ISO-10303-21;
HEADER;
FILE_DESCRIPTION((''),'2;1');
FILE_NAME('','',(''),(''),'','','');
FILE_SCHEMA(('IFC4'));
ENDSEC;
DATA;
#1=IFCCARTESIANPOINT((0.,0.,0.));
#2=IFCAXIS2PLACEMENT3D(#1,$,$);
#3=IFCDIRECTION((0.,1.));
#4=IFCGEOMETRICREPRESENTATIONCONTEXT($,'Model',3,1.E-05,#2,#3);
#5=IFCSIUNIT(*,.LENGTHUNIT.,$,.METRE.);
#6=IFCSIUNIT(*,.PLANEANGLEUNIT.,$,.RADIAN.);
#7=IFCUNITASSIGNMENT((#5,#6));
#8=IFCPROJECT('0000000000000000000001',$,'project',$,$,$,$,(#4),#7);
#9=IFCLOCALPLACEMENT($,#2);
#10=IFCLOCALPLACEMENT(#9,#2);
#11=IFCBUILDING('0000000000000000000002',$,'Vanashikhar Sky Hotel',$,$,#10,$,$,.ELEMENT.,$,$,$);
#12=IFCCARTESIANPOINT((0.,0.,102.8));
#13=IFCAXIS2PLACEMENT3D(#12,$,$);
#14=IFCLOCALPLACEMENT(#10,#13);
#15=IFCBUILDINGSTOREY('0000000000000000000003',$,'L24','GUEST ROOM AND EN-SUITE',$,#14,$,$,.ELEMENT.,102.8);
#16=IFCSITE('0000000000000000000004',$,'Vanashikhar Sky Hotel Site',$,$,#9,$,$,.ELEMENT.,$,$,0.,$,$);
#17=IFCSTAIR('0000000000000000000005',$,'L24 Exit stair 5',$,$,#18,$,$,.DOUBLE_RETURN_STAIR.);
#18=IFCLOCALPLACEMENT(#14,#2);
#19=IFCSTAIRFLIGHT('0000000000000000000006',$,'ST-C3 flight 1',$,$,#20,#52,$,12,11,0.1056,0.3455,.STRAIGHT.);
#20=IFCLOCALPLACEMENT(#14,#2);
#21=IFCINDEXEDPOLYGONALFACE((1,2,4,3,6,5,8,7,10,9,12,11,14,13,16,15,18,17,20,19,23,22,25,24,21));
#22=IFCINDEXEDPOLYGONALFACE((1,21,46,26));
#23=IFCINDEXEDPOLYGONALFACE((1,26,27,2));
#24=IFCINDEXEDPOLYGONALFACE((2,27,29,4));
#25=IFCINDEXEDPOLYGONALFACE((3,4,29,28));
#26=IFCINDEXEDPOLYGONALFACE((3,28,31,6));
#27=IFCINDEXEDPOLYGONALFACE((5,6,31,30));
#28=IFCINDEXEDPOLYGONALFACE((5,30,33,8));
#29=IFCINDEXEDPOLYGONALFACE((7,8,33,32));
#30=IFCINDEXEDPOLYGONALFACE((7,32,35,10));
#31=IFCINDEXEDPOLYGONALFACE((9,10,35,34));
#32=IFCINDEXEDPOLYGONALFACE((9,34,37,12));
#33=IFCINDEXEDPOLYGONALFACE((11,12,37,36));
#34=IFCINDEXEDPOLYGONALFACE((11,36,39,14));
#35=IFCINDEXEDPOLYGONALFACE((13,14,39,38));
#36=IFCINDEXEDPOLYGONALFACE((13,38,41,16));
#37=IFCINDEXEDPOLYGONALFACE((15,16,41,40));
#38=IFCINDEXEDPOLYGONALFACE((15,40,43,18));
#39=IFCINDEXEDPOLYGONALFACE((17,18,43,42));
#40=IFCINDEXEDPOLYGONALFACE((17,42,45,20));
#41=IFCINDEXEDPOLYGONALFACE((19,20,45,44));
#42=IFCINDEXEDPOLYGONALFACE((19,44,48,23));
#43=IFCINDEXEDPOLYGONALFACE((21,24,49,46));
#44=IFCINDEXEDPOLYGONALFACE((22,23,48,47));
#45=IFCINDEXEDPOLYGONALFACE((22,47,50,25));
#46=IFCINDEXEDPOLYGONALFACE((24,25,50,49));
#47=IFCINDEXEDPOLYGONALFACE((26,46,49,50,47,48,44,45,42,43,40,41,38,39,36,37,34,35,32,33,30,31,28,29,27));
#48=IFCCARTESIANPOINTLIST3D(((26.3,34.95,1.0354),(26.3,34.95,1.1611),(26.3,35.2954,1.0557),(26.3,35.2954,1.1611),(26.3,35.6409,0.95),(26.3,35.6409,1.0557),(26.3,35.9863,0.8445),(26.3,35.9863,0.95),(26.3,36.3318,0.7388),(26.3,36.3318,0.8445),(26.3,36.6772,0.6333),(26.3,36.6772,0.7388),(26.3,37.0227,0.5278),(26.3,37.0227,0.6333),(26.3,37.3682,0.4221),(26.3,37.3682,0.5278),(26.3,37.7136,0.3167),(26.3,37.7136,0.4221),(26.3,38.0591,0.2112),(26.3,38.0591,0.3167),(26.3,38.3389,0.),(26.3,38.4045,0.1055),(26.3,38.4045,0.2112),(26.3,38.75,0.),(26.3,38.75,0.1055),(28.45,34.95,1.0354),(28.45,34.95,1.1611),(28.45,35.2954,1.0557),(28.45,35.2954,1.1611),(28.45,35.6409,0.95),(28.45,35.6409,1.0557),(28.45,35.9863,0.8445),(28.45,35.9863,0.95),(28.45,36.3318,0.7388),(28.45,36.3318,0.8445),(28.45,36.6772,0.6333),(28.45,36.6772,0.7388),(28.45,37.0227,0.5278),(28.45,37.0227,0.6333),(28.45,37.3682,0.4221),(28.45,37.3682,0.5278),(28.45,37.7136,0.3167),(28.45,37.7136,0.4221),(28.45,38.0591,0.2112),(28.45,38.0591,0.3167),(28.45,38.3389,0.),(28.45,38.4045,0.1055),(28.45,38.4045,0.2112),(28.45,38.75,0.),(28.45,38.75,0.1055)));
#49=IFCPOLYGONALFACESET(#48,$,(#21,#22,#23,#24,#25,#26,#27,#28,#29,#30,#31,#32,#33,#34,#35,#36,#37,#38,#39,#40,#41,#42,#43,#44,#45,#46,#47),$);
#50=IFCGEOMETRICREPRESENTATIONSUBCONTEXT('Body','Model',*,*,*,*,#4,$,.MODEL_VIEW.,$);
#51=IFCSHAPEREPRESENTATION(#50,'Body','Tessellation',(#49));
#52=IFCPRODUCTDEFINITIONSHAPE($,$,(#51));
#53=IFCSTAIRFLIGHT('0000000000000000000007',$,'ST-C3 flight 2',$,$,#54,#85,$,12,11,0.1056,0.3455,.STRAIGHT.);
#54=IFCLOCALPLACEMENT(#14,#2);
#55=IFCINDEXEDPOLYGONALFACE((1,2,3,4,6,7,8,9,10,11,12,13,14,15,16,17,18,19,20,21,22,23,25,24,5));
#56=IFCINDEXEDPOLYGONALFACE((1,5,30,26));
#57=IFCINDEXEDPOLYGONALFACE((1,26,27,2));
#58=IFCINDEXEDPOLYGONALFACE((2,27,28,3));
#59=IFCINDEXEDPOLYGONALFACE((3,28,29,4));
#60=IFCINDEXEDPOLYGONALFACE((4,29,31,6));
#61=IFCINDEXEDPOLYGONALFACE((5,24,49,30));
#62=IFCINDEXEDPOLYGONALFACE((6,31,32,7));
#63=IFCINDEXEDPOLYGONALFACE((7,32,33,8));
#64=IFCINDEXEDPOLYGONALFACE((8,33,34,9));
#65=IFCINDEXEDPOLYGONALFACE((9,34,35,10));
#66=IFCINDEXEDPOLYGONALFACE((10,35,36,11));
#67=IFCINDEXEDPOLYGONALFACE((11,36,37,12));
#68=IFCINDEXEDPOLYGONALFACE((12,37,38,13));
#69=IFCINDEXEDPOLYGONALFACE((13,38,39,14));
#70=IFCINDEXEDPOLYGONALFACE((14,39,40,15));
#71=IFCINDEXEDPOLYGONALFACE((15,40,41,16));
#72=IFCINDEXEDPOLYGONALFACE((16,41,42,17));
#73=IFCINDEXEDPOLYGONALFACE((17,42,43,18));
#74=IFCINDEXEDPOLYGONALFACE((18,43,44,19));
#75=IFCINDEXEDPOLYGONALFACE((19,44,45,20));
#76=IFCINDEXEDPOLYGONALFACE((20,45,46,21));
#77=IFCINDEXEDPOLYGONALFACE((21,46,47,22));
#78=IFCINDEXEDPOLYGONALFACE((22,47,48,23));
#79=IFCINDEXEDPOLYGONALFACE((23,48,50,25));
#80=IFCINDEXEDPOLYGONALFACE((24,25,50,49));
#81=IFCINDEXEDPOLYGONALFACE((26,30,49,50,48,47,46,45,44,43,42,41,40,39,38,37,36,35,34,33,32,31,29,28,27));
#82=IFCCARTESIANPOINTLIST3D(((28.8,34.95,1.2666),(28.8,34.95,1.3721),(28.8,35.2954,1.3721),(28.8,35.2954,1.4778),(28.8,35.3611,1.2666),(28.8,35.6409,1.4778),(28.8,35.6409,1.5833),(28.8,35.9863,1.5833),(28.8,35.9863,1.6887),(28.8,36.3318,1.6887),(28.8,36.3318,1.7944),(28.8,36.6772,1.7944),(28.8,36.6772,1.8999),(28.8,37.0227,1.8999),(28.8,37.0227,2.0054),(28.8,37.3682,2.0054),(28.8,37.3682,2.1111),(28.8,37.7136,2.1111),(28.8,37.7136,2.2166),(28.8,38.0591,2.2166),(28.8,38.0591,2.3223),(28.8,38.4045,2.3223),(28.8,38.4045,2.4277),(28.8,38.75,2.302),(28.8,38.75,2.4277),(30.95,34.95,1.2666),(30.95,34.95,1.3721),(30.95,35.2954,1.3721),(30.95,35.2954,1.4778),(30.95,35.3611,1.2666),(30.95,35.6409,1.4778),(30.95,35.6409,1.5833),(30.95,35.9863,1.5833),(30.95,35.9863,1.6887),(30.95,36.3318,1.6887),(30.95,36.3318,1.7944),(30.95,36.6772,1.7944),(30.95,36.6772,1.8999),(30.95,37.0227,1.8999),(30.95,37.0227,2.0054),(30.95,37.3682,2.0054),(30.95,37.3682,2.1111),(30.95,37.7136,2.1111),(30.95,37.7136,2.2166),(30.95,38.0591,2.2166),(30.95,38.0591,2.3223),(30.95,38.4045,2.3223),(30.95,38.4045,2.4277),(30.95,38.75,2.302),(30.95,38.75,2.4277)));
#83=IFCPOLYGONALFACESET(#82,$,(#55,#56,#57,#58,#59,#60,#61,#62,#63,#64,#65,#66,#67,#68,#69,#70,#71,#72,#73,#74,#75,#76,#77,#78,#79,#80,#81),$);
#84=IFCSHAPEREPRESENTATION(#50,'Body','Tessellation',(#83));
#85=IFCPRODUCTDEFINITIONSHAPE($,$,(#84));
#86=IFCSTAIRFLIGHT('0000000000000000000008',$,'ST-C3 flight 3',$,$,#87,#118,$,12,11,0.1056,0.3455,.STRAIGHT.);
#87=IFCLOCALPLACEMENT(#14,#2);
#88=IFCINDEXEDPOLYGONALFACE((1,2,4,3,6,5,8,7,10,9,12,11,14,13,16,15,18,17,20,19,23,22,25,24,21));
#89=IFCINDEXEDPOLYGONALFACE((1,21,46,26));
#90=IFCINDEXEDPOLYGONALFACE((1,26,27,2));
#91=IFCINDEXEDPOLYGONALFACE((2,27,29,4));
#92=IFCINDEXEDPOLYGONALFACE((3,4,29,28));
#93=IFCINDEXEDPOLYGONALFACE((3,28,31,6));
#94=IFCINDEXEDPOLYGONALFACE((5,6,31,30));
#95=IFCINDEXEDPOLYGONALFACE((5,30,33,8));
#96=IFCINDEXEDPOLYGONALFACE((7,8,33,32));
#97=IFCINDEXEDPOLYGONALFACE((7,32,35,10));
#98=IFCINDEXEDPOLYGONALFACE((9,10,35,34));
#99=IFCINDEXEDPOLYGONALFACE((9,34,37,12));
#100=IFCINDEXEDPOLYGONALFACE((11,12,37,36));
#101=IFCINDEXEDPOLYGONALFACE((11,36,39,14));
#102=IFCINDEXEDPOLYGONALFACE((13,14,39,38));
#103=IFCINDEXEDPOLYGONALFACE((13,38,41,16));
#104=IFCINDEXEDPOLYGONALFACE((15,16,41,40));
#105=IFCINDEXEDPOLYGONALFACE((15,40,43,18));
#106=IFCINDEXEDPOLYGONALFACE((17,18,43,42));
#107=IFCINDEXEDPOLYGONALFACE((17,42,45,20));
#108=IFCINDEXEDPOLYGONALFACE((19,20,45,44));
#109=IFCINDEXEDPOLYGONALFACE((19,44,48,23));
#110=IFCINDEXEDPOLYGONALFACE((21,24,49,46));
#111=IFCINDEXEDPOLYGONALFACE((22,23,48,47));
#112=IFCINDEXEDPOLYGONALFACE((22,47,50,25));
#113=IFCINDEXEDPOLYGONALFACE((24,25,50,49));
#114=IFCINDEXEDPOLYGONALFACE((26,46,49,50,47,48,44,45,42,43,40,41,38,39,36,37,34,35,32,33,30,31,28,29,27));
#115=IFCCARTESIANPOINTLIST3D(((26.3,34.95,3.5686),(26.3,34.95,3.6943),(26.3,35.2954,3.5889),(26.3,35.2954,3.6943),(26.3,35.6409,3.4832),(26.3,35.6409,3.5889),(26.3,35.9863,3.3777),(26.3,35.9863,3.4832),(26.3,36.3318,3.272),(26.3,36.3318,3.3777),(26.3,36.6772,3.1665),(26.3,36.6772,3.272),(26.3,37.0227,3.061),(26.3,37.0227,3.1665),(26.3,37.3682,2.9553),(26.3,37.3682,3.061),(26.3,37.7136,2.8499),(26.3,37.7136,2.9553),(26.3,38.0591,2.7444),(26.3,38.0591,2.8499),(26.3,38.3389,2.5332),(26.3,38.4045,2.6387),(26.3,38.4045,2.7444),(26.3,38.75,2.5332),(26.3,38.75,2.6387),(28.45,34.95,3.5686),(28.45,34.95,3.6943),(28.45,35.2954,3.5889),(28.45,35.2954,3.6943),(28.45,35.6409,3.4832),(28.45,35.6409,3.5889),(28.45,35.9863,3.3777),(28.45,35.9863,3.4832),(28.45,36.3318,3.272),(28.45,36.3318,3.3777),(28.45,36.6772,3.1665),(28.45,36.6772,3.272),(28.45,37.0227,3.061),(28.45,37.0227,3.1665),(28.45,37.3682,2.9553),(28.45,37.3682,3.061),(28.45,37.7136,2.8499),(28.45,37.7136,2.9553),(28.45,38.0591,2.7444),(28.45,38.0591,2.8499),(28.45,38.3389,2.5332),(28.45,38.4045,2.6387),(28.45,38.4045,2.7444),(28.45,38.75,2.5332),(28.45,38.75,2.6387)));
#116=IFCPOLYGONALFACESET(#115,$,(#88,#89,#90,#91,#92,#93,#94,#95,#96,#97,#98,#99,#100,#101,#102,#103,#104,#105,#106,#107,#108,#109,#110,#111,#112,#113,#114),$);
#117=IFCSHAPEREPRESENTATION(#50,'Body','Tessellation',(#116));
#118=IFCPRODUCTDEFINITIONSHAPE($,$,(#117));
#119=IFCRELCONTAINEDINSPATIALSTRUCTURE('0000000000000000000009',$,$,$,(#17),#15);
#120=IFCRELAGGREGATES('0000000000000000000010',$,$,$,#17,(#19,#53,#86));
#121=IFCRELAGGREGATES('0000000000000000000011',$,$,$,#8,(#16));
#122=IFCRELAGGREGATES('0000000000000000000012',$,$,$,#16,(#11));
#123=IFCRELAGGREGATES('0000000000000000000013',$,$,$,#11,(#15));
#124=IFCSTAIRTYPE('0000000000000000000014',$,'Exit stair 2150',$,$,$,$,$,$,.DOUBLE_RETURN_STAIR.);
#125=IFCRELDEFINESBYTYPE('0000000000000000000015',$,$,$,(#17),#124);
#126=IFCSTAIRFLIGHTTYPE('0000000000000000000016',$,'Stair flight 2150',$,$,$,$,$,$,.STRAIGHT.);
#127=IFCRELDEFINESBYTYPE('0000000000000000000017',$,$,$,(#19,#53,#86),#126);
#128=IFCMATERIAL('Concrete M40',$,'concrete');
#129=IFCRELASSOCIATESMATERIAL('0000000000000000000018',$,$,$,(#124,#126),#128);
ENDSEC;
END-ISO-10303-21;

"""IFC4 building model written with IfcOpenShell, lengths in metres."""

from ifc_helpers import new_model, si_unit, direction, frame, origin, place, context, subcontext, project, spatial, polyline, outline, extrude, source, transform, mapped, material, type_object, element, aggregate, save


model = new_model("IFC4")

# Units and contexts
model_context = context("Model", 3, precision=1e-05, world=origin(), true_north=direction((0.0, 1.0)))
body_context = subcontext(model_context, "Body", "Model", "MODEL_VIEW")
ifc_project = project(units=[si_unit("LENGTHUNIT", "METRE"), si_unit("PLANEANGLEUNIT", "RADIAN")], contexts=[model_context])

# Site, building, storey
site_placement = place(None, origin())
site = spatial("IfcSite", under=ifc_project, at=site_placement, Name="Vanashikhar Sky Hotel Site", CompositionType="ELEMENT", RefElevation=0.0)
building_placement = place(site_placement, origin())
building = spatial("IfcBuilding", under=site, at=building_placement, Name="Vanashikhar Sky Hotel", CompositionType="ELEMENT")
storey_placement = place(building_placement, frame((0.0, 0.0, 102.8)))
storey = spatial("IfcBuildingStorey", under=building, at=storey_placement, Name="L24", Description="GUEST ROOM AND EN-SUITE", CompositionType="ELEMENT", Elevation=102.8)

# Shared definitions
ifc_material_1 = material(Name="Concrete M40", Category="concrete")

# Stair, stair flights
stair_type = type_object("IfcStairType", Name="Exit stair 2150", PredefinedType="DOUBLE_RETURN_STAIR", material=ifc_material_1)
stair_placement = place(storey_placement, origin())
stair = element("IfcStair", 1, at=stair_placement, inside=storey, type_object=stair_type, Name="L24 Exit stair 5", PredefinedType="DOUBLE_RETURN_STAIR")
stair_flight_type = type_object("IfcStairFlightType", Name="Stair flight 2150", PredefinedType="STRAIGHT", material=ifc_material_1)
shared_shape_1 = source(origin(), body_context, "Body", "SweptSolid", [
    extrude(outline(polyline([(0.0, 0.0), (0.0, 0.1055), (0.3455, 0.1055), (0.3455, 0.2112), (0.6909, 0.2112), (0.6909, 0.3167), (1.0364, 0.3167), (1.0364, 0.4221), (1.3818, 0.4221), (1.3818, 0.5278), (1.7273, 0.5278), (1.7273, 0.6333), (2.0728, 0.6333), (2.0728, 0.7388), (2.4182, 0.7388), (2.4182, 0.8445), (2.7637, 0.8445), (2.7637, 0.95), (3.1091, 0.95), (3.1091, 1.0557), (3.4546, 1.0557), (3.4546, 1.1611), (3.8, 1.1611), (3.8, 1.2666), (3.8, 1.0354), (0.4111, 0.0), (0.0, 0.0)])), frame((0.0, 1.075, 0.0), z_axis=(0.0, -1.0, 0.0), x_axis=(1.0, 0.0, 0.0)), (0.0, 0.0, 1.0), 2.1499),
])
stair_flight_1_placement = place(storey_placement, frame((27.375, 38.75, 0.0), z_axis=(0.0, 0.0, 1.0), x_axis=(0.0, -1.0, 0.0)))
stair_flight_1 = element("IfcStairFlight", 2, at=stair_flight_1_placement, type_object=stair_flight_type, Name="ST-C3 flight 1", NumberOfRisers=12, NumberOfTreads=11, PredefinedType="STRAIGHT", RiserHeight=0.1056, TreadLength=0.3455, context=body_context, shape_type="MappedRepresentation", body=[
    mapped(shared_shape_1, transform((0.0, 0.0, 0.0), scale=1.0)),
])
stair_flight_2_placement = place(storey_placement, frame((29.875, 34.95, 1.2666), z_axis=(0.0, 0.0, 1.0), x_axis=(0.0, 1.0, 0.0)))
stair_flight_2 = element("IfcStairFlight", 3, at=stair_flight_2_placement, type_object=stair_flight_type, Name="ST-C3 flight 2", NumberOfRisers=12, NumberOfTreads=11, PredefinedType="STRAIGHT", RiserHeight=0.1056, TreadLength=0.3455, context=body_context, shape_type="MappedRepresentation", body=[
    mapped(shared_shape_1, transform((0.0, 0.0, 0.0), scale=1.0)),
])
stair_flight_3_placement = place(storey_placement, frame((27.375, 38.75, 2.5332), z_axis=(0.0, 0.0, 1.0), x_axis=(0.0, -1.0, 0.0)))
stair_flight_3 = element("IfcStairFlight", 4, at=stair_flight_3_placement, type_object=stair_flight_type, Name="ST-C3 flight 3", NumberOfRisers=12, NumberOfTreads=11, PredefinedType="STRAIGHT", RiserHeight=0.1056, TreadLength=0.3455, context=body_context, shape_type="MappedRepresentation", body=[
    mapped(shared_shape_1, transform((0.0, 0.0, 0.0), scale=1.0)),
])
aggregate(stair, [stair_flight_1, stair_flight_2, stair_flight_3])

save(model, "model.ifc")
